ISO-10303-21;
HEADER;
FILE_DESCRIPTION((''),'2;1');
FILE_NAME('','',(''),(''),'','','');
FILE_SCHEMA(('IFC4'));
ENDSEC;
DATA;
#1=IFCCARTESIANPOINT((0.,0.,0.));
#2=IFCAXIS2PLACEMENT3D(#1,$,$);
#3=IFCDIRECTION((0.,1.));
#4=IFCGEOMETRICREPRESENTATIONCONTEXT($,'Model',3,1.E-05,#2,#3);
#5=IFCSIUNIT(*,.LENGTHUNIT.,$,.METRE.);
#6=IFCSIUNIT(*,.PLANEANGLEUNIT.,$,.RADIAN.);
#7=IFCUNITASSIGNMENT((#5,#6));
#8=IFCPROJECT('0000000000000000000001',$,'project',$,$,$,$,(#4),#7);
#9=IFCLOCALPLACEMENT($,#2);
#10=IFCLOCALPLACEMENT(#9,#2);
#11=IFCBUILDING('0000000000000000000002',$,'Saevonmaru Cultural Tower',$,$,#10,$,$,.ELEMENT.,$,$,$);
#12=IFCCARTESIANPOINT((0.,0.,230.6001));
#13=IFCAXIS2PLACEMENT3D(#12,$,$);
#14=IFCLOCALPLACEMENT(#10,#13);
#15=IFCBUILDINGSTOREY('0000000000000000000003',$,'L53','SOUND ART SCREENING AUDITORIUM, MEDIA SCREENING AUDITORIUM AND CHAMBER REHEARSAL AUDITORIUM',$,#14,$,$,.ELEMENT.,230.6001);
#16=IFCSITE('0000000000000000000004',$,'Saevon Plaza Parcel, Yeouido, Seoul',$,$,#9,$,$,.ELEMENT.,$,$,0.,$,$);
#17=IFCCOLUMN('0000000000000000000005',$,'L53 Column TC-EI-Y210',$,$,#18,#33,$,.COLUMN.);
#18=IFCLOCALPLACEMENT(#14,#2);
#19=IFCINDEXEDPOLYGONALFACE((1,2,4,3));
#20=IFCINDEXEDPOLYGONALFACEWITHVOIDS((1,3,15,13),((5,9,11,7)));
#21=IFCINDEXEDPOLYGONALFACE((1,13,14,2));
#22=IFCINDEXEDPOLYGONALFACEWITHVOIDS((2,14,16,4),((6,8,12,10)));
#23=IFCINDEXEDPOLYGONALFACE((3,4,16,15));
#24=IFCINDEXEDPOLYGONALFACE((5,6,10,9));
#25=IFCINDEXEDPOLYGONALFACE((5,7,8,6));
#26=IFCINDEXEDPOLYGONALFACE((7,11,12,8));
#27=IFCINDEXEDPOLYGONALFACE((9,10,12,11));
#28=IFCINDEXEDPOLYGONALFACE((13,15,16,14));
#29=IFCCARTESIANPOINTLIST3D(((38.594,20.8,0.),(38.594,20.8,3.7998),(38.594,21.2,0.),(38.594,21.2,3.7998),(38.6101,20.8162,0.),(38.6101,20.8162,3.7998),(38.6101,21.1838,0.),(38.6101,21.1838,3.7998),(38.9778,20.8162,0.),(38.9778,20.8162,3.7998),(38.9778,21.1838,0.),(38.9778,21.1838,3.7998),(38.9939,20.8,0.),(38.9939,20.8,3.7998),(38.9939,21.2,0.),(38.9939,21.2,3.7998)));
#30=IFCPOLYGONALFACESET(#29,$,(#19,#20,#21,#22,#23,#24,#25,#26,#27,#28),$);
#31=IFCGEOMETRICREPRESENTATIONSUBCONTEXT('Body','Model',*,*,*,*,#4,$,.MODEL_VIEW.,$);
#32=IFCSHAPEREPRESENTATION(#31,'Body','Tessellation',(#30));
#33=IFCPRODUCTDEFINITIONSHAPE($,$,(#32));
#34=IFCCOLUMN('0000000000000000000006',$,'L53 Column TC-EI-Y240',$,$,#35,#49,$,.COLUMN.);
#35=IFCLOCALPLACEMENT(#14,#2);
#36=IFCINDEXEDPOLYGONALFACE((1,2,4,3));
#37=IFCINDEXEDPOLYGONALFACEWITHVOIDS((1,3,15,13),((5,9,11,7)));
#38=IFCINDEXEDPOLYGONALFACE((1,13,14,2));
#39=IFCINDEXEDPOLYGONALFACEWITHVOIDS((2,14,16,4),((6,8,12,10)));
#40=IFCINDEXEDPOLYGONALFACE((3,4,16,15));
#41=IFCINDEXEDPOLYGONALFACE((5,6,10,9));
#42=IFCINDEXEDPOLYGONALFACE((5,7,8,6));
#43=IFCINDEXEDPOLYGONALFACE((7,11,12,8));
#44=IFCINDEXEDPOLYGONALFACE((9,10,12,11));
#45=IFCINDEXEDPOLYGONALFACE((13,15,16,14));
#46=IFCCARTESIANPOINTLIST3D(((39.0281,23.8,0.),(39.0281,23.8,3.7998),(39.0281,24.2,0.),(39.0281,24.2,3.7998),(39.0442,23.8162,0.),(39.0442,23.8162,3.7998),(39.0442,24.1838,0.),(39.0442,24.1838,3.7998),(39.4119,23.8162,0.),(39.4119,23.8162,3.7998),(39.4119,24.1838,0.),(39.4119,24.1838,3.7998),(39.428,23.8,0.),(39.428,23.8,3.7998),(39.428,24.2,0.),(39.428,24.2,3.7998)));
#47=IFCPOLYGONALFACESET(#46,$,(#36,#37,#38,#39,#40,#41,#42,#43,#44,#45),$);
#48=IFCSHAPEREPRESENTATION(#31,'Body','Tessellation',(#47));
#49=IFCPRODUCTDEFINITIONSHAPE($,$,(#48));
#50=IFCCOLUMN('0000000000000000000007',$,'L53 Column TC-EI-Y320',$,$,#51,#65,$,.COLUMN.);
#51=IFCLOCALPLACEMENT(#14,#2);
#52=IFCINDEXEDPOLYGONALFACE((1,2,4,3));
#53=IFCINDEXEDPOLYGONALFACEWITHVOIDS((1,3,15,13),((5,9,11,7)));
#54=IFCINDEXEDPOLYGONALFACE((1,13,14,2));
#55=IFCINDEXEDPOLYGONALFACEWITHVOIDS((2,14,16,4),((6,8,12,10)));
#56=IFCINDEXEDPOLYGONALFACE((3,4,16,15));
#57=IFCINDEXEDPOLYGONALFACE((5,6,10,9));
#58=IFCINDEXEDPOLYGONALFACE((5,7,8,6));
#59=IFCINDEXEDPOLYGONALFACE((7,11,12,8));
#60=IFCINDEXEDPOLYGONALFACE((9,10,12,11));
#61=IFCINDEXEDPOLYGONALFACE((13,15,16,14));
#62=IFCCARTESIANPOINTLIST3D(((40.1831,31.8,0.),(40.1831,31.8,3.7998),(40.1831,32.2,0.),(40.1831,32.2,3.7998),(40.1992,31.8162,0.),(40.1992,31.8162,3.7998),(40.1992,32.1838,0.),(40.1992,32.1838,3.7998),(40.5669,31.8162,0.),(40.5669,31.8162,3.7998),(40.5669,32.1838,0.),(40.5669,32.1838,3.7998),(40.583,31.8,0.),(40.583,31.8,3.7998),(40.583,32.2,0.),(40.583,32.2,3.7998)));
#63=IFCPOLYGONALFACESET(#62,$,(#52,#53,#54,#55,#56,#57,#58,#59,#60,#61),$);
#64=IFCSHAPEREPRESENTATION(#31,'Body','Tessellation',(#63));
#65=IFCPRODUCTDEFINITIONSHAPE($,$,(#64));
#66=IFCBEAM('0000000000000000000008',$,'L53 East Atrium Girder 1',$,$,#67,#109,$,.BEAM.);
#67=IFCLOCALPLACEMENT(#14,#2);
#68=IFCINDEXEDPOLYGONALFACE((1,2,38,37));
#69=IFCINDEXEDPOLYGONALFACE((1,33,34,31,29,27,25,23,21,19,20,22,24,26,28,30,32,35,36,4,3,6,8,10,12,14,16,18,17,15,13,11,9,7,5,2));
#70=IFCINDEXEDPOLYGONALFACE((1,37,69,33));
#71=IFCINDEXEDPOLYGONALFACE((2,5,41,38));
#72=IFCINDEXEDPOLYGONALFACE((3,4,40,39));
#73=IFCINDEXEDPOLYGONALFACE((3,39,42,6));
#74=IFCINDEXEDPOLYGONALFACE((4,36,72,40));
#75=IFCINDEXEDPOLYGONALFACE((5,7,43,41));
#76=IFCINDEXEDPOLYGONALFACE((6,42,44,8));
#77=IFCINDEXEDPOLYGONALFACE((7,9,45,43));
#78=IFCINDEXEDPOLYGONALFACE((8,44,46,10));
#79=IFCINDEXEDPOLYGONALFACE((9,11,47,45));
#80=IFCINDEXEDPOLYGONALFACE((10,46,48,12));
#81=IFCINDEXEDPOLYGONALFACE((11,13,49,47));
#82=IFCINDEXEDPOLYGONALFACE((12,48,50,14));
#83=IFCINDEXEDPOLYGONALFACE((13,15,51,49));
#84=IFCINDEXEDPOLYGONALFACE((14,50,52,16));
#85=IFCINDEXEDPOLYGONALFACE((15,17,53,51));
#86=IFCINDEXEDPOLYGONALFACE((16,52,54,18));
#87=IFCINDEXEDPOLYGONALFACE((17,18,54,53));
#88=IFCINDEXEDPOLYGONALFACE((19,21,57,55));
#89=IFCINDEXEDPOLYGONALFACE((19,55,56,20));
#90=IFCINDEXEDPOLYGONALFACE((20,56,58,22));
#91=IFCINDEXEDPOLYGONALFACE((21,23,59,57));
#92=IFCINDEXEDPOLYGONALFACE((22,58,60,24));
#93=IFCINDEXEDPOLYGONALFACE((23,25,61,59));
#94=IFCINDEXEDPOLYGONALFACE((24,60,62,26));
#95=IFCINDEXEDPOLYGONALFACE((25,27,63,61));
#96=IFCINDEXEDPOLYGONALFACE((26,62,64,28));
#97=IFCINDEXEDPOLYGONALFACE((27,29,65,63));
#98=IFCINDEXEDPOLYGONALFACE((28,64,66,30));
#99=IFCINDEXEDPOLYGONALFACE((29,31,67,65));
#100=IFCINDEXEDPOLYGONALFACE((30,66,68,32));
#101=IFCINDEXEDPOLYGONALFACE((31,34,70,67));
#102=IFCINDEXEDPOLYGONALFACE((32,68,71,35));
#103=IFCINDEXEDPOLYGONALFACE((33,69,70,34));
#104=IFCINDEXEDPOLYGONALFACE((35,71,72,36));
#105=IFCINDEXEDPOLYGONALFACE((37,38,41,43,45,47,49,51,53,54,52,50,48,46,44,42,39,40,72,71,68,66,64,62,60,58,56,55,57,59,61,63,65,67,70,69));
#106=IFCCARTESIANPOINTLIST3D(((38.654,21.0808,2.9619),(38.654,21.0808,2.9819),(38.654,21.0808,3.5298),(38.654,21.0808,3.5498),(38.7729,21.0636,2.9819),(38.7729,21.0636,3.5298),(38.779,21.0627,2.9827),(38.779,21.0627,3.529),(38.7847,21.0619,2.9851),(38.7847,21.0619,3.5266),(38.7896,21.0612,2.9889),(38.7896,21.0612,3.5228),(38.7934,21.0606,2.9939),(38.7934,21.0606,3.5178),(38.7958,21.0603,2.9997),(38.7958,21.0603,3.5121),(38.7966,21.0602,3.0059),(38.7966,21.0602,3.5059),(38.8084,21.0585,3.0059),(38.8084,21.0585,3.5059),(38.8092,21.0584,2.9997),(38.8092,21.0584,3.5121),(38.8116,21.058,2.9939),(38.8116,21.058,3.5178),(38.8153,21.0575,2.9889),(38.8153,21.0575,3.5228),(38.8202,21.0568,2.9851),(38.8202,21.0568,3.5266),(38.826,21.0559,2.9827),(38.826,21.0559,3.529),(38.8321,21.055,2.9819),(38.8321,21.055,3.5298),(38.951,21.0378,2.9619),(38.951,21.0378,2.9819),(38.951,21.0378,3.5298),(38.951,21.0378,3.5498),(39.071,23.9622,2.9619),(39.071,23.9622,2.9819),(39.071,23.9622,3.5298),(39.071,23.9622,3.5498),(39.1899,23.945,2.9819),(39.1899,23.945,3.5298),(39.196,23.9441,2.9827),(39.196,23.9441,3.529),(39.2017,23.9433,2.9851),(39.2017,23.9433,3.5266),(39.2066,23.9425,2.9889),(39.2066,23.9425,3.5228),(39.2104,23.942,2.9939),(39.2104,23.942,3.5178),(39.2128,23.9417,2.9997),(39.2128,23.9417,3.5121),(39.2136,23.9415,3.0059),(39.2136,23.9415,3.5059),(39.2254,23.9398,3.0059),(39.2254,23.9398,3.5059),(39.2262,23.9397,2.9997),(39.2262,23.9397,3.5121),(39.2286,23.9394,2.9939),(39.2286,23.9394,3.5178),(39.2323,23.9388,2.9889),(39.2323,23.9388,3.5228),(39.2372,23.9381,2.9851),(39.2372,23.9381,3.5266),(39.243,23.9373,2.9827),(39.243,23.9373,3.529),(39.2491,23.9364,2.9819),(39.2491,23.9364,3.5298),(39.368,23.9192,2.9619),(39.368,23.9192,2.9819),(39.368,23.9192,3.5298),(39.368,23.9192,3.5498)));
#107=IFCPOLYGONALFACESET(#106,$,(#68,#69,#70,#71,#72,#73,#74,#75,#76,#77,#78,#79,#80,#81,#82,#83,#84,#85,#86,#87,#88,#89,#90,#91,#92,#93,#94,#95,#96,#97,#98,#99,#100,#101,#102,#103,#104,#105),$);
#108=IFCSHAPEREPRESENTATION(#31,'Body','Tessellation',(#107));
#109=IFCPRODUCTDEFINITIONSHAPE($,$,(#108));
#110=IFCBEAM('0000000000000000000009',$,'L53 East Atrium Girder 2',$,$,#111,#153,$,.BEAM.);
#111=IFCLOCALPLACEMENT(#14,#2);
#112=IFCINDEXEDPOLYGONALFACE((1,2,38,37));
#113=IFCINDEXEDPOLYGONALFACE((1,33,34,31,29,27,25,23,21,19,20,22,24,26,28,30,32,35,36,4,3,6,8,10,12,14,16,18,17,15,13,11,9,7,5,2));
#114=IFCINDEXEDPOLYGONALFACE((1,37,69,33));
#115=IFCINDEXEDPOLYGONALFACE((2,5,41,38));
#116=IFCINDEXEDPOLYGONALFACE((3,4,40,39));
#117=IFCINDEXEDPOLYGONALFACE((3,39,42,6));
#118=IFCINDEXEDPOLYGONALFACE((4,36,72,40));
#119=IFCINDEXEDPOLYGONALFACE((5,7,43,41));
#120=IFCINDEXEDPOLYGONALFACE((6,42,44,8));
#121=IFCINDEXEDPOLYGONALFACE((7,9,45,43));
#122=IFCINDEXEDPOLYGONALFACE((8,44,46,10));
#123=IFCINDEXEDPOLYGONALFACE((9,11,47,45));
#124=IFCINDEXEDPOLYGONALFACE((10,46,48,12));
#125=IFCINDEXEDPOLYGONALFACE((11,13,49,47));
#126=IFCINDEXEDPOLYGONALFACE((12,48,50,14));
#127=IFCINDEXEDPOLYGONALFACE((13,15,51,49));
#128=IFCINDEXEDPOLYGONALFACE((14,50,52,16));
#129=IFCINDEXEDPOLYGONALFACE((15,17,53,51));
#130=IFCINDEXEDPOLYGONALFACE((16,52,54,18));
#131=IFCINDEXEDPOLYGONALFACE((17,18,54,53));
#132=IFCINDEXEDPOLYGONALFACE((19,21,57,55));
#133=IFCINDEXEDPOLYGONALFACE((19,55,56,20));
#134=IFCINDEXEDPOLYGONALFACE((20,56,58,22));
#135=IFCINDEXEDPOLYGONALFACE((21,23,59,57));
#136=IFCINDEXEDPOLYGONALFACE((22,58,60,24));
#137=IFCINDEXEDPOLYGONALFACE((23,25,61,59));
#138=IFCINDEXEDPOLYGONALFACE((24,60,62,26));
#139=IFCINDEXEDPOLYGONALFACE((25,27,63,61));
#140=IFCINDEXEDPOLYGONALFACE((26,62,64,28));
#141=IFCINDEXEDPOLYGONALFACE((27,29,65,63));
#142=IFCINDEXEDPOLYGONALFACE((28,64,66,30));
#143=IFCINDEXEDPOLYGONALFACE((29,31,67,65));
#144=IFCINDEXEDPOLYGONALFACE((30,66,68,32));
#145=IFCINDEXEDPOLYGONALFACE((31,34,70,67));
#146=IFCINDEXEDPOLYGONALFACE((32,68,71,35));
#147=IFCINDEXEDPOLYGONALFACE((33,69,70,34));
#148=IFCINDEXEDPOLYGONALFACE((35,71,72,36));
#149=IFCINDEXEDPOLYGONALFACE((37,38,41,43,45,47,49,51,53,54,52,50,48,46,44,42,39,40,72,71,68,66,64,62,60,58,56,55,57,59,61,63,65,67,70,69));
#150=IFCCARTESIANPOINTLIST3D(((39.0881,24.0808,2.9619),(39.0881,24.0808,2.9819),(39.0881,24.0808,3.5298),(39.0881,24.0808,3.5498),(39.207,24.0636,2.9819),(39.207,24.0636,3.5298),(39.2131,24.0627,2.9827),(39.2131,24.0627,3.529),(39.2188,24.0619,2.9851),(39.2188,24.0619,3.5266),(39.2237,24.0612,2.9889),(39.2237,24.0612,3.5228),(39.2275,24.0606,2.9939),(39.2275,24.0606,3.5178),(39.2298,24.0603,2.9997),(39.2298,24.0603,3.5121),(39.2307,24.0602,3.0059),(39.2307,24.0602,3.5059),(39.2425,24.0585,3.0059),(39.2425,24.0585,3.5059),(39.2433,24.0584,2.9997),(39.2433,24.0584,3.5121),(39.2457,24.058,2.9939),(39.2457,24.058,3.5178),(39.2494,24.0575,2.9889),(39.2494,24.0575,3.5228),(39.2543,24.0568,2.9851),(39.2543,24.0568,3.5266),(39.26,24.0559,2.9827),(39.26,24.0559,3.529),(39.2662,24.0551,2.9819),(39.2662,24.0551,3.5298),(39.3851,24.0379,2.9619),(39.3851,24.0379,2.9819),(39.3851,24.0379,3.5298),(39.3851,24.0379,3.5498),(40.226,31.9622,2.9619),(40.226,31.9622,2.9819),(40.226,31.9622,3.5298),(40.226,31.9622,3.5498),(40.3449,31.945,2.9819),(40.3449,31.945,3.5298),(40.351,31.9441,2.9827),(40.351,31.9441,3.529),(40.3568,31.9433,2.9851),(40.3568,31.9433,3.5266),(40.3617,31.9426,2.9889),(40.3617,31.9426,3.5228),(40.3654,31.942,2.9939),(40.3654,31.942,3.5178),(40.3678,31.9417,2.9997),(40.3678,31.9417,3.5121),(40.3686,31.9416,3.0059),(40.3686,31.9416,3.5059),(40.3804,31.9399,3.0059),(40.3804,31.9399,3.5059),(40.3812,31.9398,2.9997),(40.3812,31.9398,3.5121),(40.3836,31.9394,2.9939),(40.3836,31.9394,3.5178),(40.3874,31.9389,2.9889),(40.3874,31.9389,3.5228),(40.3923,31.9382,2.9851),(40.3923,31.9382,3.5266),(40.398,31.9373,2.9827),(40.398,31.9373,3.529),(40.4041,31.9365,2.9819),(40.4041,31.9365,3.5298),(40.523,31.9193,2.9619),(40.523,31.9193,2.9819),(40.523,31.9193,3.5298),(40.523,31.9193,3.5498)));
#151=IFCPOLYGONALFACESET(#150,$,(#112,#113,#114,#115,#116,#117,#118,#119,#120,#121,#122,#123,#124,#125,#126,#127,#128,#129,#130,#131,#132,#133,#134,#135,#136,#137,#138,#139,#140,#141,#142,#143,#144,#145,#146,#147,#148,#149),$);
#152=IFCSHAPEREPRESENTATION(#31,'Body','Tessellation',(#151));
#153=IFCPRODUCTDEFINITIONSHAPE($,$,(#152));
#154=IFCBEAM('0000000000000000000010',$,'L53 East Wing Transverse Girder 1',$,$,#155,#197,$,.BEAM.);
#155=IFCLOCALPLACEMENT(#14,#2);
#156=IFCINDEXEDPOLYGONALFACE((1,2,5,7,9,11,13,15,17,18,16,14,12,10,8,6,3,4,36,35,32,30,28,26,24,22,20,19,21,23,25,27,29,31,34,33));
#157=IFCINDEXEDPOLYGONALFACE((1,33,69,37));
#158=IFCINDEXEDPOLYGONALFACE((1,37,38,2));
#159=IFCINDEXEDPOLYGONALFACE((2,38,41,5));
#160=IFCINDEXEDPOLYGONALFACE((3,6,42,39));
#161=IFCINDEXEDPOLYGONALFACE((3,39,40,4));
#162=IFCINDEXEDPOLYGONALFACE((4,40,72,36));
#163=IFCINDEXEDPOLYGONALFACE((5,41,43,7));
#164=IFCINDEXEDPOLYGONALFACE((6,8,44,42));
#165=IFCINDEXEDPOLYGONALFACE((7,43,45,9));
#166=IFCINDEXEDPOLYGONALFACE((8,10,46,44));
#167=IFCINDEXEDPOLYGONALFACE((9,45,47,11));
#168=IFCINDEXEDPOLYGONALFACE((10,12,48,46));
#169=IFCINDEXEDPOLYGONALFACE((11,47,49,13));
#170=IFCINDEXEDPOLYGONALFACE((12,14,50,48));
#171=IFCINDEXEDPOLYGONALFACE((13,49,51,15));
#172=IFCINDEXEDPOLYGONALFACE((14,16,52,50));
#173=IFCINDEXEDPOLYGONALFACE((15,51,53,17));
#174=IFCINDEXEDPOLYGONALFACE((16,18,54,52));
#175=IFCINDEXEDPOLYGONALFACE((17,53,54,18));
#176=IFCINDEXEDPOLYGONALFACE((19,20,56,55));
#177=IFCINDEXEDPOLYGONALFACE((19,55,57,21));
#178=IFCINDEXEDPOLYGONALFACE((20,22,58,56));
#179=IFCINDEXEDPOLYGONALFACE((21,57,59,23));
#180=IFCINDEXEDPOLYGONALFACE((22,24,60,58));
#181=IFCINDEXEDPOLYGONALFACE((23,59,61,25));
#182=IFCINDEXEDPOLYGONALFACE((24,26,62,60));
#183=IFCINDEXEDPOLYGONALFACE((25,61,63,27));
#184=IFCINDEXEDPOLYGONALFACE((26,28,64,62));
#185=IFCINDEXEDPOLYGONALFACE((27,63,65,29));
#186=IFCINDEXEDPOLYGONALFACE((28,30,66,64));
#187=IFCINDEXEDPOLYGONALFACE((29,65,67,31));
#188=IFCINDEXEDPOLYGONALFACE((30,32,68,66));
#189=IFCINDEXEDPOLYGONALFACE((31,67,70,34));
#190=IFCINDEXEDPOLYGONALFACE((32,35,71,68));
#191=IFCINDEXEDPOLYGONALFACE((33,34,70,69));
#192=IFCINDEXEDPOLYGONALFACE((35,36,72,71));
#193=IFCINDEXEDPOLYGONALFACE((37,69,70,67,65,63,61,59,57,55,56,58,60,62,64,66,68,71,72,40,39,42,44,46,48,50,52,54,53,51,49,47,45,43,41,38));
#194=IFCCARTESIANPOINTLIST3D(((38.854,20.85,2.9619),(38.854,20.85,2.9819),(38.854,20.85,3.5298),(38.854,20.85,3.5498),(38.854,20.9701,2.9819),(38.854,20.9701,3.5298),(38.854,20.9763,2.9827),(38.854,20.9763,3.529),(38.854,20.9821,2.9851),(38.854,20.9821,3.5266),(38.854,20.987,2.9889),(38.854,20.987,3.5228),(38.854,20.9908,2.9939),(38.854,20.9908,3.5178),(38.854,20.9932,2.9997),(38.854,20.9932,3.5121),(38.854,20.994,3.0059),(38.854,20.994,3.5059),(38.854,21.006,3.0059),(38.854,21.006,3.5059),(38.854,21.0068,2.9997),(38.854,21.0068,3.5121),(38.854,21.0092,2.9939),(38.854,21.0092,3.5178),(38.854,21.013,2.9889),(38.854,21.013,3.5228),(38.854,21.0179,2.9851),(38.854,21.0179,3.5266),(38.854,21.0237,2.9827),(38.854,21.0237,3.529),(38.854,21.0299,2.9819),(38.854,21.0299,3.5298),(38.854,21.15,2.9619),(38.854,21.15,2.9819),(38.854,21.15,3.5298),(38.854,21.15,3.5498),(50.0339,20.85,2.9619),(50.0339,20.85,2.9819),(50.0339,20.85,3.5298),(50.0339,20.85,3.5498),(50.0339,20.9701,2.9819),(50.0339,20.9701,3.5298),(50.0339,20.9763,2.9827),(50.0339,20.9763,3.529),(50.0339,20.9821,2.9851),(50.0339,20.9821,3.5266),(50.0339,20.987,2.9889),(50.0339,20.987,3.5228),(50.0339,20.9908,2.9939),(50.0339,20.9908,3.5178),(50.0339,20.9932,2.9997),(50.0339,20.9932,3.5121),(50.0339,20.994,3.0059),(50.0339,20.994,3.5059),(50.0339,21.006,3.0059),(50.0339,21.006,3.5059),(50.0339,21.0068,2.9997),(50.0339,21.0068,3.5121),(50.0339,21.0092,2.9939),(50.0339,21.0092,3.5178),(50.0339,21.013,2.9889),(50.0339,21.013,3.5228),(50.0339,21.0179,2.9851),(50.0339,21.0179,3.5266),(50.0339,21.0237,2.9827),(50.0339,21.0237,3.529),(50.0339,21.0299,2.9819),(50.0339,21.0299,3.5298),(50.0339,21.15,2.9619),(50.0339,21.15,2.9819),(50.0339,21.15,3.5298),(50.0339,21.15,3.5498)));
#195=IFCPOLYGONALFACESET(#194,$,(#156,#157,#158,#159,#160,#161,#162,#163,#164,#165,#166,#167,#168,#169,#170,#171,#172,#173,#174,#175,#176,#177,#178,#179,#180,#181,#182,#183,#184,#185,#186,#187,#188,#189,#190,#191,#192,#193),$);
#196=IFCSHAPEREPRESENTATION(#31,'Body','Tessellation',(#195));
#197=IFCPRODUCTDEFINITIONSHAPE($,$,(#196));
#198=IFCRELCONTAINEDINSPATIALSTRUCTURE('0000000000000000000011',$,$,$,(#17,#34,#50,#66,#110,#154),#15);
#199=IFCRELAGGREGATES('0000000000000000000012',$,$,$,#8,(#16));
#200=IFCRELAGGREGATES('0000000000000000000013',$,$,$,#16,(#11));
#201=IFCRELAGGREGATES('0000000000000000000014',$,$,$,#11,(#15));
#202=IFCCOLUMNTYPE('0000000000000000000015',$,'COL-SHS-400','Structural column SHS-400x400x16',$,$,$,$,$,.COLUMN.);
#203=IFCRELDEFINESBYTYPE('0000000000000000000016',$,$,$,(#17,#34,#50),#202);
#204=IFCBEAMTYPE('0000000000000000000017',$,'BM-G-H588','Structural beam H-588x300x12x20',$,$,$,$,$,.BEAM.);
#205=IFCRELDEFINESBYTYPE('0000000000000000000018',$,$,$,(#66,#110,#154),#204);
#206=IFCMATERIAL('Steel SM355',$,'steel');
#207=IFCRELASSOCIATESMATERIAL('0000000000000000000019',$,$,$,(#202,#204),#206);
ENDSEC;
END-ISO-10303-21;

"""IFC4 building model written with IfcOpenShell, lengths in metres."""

from ifc_helpers import new_model, si_unit, direction, frame, origin, origin_2d, place, context, subcontext, project, spatial, hollow_rectangle, i_section, extrude, material, material_profile, profile_set, type_object, element, save


model = new_model("IFC4")

# Units and contexts
model_context = context("Model", 3, precision=1e-05, world=origin(), true_north=direction((0.0, 1.0)))
body_context = subcontext(model_context, "Body", "Model", "MODEL_VIEW")
ifc_project = project(units=[si_unit("LENGTHUNIT", "METRE"), si_unit("PLANEANGLEUNIT", "RADIAN")], contexts=[model_context])

# Site, building, storey
site_placement = place(None, origin())
site = spatial("IfcSite", under=ifc_project, at=site_placement, Name="Saevon Plaza Parcel, Yeouido, Seoul", CompositionType="ELEMENT", RefElevation=0.0)
building_placement = place(site_placement, origin())
building = spatial("IfcBuilding", under=site, at=building_placement, Name="Saevonmaru Cultural Tower", CompositionType="ELEMENT")
storey_placement = place(building_placement, frame((0.0, 0.0, 230.6001)))
storey = spatial("IfcBuildingStorey", under=building, at=storey_placement, Name="L53", Description="SOUND ART SCREENING AUDITORIUM, MEDIA SCREENING AUDITORIUM AND CHAMBER REHEARSAL AUDITORIUM", CompositionType="ELEMENT", Elevation=230.6001)

# Columns
ifc_material_1 = material(Name="Steel SM355", Category="steel")
ifc_material_profile_1 = material_profile(ifc_material_1, hollow_rectangle(XDim=0.3999, YDim=0.3999, WallThickness=0.0161, at=origin_2d()), Name="SHS-400x400x16")
ifc_profile_set_1 = profile_set([ifc_material_profile_1], Name="Steel SM355")
column_type = type_object("IfcColumnType", Name="COL-SHS-400", Description="Structural column SHS-400x400x16", PredefinedType="COLUMN", material=ifc_profile_set_1)
for number, where, z_axis, x_axis, name in (
    (1, (38.7939, 21.0, 0.0), (0.0, 0.0, 1.0), (1.0, 0.0, 0.0), "L53 Column TC-EI-Y210"),
    (2, (39.228, 24.0, 0.0), (0.0, 0.0, 1.0), (1.0, 0.0, 0.0), "L53 Column TC-EI-Y240"),
    (3, (40.3831, 32.0, 0.0), (0.0, 0.0, 1.0), (1.0, 0.0, 0.0), "L53 Column TC-EI-Y320"),
):
    element("IfcColumn", number, at=place(storey_placement, frame(where, z_axis=z_axis, x_axis=x_axis)), inside=storey, type_object=column_type, Name=name, PredefinedType="COLUMN", context=body_context, shape_type="SweptSolid", body=[
        extrude(hollow_rectangle(XDim=0.3999, YDim=0.3999, WallThickness=0.0161, at=origin_2d()), origin(), (0.0, 0.0, 1.0), 3.7998),
    ])

# Beams
ifc_material_profile_2 = material_profile(ifc_material_1, i_section(OverallWidth=0.3, OverallDepth=0.5879, WebThickness=0.012, FlangeThickness=0.02, FilletRadius=0.0239, at=origin_2d()), Name="H-588x300x12x20")
ifc_profile_set_2 = profile_set([ifc_material_profile_2], Name="Steel SM355")
beam_type_1 = type_object("IfcBeamType", Name="BM-G-H588", Description="Structural beam H-588x300x12x20", PredefinedType="BEAM", material=ifc_profile_set_2)
beam_1_placement = place(storey_placement, frame((38.8025, 21.0593, 3.2559), z_axis=(0.143229, 0.98969, 0.0), x_axis=(-0.98969, 0.143229, 0.0)))
element("IfcBeam", 4, at=beam_1_placement, inside=storey, type_object=beam_type_1, Name="L53 East Atrium Girder 1", PredefinedType="BEAM", context=body_context, shape_type="SweptSolid", body=[
    extrude(i_section(OverallWidth=0.3, OverallDepth=0.5879, WebThickness=0.012, FlangeThickness=0.02, FilletRadius=0.0239, at=origin_2d()), origin(), (0.0, 0.0, 1.0), 2.9114),
])
beam_2_placement = place(storey_placement, frame((39.2366, 24.0593, 3.2559), z_axis=(0.142902, 0.989737, 0.0), x_axis=(-0.989737, 0.142902, 0.0)))
element("IfcBeam", 5, at=beam_2_placement, inside=storey, type_object=beam_type_1, Name="L53 East Atrium Girder 2", PredefinedType="BEAM", context=body_context, shape_type="SweptSolid", body=[
    extrude(i_section(OverallWidth=0.3, OverallDepth=0.5879, WebThickness=0.012, FlangeThickness=0.02, FilletRadius=0.0239, at=origin_2d()), origin(), (0.0, 0.0, 1.0), 7.9631),
])
for number, where, z_axis, x_axis, name in (
    (6, (38.854, 21.0, 3.2559), (1.0, 0.0, 0.0), (0.0, 1.0, 0.0), "L53 East Wing Transverse Girder 1"),
):
    element("IfcBeam", number, at=place(storey_placement, frame(where, z_axis=z_axis, x_axis=x_axis)), inside=storey, type_object=beam_type_1, Name=name, PredefinedType="BEAM", context=body_context, shape_type="SweptSolid", body=[
        extrude(i_section(OverallWidth=0.3, OverallDepth=0.5879, WebThickness=0.012, FlangeThickness=0.02, FilletRadius=0.0239, at=origin_2d()), origin(), (0.0, 0.0, 1.0), 11.1799),
    ])

save(model, "model.ifc")
